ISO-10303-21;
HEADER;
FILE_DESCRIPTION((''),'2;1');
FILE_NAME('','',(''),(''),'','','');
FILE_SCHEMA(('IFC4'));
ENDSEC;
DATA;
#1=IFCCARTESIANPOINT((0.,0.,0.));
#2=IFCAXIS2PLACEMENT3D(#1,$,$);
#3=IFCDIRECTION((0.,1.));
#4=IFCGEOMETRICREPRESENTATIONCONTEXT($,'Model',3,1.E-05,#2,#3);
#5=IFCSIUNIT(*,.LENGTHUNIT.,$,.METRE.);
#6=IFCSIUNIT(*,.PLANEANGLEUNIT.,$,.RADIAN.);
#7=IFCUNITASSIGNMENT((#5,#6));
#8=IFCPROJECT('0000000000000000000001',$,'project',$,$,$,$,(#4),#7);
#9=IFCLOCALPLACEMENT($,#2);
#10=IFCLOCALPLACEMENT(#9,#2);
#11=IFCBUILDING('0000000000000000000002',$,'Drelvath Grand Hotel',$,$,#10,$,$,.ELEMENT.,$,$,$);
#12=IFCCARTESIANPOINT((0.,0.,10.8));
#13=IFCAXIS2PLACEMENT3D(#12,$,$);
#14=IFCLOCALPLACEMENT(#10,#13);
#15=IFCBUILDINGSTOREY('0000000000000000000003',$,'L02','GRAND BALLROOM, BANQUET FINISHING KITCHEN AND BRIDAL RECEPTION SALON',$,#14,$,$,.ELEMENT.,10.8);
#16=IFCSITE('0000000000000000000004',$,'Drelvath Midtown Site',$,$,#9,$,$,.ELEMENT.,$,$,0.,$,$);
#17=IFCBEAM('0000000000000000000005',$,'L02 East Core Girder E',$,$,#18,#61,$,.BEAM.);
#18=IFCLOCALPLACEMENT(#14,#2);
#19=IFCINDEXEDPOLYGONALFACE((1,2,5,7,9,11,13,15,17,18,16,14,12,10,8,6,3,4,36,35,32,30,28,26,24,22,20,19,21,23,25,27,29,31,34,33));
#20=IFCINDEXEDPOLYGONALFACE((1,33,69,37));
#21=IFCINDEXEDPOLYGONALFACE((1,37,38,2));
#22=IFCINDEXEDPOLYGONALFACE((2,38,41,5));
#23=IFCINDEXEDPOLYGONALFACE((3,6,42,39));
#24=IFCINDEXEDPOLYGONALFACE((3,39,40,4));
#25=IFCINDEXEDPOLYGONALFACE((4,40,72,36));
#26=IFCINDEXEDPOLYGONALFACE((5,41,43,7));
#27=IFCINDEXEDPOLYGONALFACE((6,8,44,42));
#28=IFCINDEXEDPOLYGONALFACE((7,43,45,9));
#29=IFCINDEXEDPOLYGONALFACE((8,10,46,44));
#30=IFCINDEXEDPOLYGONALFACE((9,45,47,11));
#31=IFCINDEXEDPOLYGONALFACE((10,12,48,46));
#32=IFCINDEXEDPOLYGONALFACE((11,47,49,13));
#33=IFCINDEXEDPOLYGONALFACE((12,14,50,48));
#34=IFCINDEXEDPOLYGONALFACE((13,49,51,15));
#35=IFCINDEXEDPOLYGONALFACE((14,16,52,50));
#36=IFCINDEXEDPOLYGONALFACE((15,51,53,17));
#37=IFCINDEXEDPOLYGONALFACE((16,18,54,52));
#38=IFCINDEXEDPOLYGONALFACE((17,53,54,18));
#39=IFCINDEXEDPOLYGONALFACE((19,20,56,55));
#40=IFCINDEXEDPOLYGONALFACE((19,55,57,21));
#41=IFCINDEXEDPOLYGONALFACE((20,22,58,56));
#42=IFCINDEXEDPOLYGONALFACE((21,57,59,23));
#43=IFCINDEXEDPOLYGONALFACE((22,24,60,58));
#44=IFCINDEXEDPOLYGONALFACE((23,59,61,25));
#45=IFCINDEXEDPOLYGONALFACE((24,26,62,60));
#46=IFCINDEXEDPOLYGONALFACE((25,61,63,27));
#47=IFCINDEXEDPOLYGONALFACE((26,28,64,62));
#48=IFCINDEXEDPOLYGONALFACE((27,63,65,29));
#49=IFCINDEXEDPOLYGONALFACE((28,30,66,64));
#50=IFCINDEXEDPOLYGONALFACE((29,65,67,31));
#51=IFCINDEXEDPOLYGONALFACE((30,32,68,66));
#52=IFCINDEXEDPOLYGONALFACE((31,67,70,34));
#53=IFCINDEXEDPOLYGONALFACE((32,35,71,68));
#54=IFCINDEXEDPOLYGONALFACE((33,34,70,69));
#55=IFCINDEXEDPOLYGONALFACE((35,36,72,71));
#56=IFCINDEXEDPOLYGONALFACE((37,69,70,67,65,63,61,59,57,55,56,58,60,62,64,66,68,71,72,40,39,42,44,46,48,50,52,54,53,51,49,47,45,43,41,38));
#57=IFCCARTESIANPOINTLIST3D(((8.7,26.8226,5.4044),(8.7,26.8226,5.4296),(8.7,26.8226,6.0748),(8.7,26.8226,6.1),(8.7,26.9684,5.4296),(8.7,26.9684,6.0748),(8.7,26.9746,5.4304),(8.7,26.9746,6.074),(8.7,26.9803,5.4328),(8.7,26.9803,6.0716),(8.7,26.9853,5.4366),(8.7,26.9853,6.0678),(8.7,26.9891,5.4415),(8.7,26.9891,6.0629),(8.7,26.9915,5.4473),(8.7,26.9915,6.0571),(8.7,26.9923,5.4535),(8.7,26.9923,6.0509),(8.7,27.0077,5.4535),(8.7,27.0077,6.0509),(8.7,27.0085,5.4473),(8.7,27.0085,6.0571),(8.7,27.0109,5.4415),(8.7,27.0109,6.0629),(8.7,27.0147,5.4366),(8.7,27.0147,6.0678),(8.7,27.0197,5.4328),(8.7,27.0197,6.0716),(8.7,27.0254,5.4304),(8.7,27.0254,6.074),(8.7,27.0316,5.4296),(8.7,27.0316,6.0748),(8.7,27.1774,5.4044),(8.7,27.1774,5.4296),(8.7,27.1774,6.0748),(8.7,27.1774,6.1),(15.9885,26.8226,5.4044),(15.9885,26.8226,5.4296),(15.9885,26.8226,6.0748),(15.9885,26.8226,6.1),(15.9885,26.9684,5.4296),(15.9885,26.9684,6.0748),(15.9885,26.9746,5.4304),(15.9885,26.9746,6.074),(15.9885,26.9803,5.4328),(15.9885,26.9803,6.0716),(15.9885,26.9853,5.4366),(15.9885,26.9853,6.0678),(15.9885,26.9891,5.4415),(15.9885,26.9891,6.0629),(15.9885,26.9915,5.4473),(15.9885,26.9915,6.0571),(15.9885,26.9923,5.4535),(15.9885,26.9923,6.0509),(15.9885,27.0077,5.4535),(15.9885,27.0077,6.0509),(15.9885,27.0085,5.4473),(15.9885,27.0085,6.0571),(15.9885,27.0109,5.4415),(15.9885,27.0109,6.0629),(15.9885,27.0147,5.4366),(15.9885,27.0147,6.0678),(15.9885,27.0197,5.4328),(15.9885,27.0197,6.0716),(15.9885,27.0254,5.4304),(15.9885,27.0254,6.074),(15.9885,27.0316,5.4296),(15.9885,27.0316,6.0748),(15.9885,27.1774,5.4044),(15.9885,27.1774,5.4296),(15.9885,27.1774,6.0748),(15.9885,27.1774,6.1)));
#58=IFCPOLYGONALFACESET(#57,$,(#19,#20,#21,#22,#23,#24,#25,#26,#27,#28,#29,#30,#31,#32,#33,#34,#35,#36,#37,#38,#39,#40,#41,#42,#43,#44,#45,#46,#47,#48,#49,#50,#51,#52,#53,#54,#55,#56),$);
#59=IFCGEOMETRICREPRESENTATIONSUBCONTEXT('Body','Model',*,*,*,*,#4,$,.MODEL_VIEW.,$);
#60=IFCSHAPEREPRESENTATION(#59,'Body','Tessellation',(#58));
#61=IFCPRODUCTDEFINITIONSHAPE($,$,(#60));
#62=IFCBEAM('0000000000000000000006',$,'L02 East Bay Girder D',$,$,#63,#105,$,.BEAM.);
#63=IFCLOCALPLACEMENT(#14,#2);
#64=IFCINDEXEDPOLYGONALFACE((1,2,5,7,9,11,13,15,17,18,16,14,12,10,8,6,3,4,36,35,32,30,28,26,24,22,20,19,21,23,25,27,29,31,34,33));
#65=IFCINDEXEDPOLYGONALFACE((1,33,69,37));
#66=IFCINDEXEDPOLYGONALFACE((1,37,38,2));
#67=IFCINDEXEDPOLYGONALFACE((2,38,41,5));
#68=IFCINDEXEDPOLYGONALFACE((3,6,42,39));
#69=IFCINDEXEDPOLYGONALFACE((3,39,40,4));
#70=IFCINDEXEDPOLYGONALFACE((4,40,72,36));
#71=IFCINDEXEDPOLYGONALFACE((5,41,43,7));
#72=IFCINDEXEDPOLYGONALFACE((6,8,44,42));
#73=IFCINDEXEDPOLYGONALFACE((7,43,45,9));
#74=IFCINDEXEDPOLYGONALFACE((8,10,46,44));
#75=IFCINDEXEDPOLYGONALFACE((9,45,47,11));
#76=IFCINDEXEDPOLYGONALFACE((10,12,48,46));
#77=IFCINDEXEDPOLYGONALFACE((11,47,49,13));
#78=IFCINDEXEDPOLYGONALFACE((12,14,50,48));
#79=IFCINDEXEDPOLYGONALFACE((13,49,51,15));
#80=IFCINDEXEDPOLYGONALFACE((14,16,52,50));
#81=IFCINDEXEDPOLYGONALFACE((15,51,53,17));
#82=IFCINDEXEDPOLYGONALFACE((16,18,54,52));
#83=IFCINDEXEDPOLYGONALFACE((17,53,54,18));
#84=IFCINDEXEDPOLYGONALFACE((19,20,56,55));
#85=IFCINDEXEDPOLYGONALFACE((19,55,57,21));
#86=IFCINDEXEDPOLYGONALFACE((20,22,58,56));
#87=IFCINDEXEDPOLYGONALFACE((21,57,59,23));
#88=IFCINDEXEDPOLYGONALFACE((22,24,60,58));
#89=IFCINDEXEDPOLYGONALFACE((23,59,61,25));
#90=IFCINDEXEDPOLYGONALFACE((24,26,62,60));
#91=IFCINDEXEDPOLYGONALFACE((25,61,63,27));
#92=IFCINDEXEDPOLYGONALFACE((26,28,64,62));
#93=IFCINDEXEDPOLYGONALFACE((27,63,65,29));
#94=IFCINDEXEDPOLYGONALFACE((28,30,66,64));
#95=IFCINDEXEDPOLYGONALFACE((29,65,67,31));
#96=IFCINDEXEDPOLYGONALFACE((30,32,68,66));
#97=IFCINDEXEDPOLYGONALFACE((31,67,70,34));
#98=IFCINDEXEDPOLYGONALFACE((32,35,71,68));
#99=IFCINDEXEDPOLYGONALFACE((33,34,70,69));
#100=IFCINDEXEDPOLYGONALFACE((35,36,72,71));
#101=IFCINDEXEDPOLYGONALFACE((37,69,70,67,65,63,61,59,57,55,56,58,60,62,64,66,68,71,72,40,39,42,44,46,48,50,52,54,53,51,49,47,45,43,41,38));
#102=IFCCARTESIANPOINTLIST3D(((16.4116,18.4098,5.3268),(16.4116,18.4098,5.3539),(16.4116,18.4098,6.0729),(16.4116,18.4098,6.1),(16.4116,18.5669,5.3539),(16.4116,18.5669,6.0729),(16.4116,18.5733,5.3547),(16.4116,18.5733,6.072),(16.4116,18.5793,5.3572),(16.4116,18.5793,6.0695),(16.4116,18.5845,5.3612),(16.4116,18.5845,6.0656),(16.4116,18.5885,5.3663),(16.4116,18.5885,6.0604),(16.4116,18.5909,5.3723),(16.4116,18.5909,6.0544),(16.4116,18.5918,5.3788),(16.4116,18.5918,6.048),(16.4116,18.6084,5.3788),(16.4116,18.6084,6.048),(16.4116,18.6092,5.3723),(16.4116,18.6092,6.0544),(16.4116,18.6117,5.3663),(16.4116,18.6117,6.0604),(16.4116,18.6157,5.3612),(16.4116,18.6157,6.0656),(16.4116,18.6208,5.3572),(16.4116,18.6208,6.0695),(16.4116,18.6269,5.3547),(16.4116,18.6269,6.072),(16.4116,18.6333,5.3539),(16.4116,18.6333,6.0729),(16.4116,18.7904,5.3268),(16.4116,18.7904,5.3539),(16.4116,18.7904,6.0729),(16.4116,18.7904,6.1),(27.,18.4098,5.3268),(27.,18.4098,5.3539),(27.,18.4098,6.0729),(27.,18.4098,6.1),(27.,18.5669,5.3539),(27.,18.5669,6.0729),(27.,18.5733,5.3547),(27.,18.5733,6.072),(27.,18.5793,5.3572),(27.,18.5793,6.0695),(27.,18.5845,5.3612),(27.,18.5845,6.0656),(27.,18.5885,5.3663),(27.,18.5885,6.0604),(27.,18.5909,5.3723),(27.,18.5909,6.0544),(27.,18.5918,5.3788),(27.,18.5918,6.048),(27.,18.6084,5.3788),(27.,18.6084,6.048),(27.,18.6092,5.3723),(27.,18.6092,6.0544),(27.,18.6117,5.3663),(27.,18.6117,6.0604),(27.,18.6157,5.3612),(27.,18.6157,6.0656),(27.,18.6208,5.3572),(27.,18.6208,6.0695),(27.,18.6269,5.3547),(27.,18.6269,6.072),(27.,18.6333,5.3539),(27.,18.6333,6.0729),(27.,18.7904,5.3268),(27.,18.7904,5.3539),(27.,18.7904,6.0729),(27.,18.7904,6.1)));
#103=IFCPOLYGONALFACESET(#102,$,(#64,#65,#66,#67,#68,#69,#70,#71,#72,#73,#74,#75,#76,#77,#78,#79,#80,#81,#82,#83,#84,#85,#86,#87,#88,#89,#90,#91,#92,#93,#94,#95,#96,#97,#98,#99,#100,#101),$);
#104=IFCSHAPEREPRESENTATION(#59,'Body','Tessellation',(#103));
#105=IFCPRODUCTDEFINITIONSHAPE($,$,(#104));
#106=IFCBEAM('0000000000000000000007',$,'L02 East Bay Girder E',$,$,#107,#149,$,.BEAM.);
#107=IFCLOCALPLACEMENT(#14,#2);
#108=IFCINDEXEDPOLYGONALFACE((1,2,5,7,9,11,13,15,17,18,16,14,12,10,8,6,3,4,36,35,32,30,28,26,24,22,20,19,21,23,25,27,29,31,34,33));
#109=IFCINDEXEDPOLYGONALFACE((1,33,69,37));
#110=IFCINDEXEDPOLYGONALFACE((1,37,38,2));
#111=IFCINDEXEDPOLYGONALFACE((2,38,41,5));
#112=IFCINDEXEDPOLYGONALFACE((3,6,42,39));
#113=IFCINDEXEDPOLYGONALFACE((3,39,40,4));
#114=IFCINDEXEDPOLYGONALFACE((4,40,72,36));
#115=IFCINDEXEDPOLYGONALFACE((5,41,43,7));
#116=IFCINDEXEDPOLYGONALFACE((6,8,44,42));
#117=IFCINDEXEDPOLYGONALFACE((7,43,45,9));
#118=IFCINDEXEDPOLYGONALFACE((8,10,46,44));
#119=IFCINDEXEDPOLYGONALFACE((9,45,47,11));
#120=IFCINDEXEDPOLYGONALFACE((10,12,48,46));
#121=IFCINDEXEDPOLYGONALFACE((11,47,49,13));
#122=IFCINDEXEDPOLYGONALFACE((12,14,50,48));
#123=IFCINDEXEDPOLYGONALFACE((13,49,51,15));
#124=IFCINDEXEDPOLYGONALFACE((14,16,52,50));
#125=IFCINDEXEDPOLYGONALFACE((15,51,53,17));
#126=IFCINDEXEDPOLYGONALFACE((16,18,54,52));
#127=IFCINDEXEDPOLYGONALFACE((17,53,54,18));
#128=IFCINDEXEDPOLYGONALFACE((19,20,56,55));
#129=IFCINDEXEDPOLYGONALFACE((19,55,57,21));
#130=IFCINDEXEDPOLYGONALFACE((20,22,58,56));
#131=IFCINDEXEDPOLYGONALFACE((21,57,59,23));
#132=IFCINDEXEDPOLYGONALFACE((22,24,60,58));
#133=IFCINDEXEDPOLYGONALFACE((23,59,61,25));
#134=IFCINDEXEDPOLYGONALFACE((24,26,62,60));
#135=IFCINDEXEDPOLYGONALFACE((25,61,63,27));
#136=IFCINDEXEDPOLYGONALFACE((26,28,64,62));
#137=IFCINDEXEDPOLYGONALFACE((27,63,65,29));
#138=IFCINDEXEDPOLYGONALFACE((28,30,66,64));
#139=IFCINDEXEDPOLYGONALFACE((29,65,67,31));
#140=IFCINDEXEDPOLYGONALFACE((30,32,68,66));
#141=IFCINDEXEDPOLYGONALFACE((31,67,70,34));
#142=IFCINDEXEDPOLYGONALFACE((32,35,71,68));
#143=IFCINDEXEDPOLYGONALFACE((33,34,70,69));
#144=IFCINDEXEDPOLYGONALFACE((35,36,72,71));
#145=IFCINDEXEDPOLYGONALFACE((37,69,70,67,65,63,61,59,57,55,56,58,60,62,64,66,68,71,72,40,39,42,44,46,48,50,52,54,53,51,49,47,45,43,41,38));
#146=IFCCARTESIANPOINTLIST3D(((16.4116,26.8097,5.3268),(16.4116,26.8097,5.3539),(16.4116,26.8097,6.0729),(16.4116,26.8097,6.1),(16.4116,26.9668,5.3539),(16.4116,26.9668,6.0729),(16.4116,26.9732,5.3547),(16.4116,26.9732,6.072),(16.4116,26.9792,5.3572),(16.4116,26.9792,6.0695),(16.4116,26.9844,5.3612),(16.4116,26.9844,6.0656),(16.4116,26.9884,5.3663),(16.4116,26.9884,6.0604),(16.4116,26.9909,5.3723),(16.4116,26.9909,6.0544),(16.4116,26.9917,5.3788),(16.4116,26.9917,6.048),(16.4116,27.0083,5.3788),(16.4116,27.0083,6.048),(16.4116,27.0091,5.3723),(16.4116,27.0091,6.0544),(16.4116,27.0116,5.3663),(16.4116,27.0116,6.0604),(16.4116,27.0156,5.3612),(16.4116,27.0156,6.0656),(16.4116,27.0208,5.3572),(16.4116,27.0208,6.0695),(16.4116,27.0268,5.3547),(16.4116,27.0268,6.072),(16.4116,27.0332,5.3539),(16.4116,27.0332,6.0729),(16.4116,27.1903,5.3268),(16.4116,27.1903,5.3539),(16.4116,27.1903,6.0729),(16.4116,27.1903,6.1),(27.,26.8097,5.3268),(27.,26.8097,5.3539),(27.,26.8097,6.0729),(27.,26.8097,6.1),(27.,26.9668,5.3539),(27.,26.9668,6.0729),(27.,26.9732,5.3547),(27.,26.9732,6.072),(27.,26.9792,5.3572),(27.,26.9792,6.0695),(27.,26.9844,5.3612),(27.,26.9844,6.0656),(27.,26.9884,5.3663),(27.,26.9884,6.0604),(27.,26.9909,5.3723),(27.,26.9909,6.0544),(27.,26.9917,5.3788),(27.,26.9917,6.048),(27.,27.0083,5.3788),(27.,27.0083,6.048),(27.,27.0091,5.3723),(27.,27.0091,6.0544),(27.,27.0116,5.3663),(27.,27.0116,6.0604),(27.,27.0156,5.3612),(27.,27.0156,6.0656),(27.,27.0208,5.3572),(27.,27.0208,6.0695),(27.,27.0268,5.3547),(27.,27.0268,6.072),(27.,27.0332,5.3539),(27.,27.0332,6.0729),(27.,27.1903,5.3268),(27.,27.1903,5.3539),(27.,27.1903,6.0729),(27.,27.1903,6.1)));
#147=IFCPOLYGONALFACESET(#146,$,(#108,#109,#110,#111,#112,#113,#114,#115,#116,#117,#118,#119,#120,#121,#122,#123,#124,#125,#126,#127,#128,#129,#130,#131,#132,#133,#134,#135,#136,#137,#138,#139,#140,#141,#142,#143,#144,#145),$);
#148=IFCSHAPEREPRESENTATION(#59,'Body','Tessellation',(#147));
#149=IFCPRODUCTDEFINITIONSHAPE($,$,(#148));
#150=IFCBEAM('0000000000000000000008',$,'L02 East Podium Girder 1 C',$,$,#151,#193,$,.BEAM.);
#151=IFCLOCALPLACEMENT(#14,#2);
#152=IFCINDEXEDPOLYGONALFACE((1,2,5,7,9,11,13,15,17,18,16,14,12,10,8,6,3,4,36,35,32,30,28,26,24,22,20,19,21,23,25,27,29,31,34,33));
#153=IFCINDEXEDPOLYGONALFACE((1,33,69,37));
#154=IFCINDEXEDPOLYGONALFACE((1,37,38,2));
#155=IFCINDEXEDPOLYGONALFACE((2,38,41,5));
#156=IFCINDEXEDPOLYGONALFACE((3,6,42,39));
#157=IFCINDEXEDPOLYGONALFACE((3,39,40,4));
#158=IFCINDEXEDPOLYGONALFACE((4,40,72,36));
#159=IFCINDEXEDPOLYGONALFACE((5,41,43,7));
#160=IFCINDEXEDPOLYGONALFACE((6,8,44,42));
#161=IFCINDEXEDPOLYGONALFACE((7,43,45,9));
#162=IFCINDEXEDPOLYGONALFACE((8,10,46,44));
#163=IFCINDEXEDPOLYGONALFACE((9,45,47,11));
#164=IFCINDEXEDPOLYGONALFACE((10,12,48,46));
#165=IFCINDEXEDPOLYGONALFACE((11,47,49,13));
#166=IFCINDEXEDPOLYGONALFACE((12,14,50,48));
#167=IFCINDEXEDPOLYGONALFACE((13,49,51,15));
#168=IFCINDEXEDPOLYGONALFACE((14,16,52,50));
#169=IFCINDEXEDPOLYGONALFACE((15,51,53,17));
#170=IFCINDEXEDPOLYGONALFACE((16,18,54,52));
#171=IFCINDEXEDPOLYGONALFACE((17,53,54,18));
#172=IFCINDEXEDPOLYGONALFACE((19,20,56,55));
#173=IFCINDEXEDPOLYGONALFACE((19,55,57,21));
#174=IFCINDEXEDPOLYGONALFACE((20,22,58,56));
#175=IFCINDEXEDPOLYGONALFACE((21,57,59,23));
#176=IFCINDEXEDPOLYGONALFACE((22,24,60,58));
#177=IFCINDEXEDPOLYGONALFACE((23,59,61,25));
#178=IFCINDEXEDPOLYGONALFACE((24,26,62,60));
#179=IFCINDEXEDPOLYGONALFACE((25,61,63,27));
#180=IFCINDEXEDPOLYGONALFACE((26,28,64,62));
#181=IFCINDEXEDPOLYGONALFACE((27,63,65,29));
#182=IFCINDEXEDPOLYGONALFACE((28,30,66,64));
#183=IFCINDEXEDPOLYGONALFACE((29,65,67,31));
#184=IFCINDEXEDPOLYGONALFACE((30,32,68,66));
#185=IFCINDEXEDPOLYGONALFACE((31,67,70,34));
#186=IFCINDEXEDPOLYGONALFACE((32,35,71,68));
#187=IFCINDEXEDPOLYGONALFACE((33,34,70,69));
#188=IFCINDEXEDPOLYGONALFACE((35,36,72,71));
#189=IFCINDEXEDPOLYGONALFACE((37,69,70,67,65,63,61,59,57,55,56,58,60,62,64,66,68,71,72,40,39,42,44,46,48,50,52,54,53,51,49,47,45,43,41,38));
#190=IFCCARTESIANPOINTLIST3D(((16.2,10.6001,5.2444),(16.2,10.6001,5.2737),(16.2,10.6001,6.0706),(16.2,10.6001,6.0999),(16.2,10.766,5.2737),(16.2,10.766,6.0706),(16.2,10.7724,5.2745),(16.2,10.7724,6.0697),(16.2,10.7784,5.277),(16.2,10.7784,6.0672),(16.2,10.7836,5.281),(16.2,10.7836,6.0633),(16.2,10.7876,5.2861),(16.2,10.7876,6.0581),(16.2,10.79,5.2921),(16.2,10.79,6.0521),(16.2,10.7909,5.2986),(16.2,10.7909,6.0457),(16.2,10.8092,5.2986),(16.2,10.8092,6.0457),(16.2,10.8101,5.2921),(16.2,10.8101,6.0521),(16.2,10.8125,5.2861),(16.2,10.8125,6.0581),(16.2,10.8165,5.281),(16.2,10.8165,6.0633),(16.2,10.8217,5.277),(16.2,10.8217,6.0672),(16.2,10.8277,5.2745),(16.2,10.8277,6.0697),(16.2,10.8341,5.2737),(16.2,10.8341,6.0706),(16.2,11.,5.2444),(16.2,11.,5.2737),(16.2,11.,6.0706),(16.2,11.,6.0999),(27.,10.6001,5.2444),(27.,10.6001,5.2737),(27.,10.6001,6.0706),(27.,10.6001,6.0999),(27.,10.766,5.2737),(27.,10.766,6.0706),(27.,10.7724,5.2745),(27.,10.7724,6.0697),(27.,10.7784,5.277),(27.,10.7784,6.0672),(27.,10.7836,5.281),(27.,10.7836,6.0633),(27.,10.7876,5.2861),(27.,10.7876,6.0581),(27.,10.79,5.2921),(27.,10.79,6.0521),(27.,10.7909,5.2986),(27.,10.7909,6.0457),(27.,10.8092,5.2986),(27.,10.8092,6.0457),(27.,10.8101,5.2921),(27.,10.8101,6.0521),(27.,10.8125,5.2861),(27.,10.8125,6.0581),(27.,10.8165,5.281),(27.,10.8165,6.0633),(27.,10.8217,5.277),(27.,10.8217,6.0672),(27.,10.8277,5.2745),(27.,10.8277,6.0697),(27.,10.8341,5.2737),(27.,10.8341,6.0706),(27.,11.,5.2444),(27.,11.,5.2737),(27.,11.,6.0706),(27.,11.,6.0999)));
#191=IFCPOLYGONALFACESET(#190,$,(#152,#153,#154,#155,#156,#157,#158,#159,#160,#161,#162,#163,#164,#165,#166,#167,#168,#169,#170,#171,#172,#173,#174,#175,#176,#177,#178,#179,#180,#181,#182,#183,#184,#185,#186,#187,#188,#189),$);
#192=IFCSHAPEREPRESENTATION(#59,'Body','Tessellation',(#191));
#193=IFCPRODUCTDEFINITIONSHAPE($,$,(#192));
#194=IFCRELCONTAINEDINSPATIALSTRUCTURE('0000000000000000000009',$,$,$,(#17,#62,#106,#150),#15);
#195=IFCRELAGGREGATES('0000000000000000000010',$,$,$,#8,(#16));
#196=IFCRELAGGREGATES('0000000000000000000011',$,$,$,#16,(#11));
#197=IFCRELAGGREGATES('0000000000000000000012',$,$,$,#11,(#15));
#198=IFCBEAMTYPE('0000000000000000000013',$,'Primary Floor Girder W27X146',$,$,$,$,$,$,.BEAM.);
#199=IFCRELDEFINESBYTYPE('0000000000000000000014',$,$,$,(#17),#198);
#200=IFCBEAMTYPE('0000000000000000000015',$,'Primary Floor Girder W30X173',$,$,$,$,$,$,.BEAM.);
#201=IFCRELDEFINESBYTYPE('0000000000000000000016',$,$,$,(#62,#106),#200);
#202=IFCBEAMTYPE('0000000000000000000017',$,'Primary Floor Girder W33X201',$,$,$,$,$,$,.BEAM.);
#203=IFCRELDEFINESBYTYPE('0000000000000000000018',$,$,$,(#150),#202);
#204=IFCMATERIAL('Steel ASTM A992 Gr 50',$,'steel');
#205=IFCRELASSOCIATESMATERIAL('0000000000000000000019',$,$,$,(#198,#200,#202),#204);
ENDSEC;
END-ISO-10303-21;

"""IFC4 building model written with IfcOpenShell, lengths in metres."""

from ifc_helpers import new_model, si_unit, direction, frame, origin, origin_2d, place, context, subcontext, project, spatial, i_section, extrude, material, material_profile, profile_set, type_object, element, save


model = new_model("IFC4")

# Units and contexts
model_context = context("Model", 3, precision=1e-05, world=origin(), true_north=direction((0.0, 1.0)))
body_context = subcontext(model_context, "Body", "Model", "MODEL_VIEW")
ifc_project = project(units=[si_unit("LENGTHUNIT", "METRE"), si_unit("PLANEANGLEUNIT", "RADIAN")], contexts=[model_context])

# Site, building, storey
site_placement = place(None, origin())
site = spatial("IfcSite", under=ifc_project, at=site_placement, Name="Drelvath Midtown Site", CompositionType="ELEMENT", RefElevation=0.0)
building_placement = place(site_placement, origin())
building = spatial("IfcBuilding", under=site, at=building_placement, Name="Drelvath Grand Hotel", CompositionType="ELEMENT")
storey_placement = place(building_placement, frame((0.0, 0.0, 10.8)))
storey = spatial("IfcBuildingStorey", under=building, at=storey_placement, Name="L02", Description="GRAND BALLROOM, BANQUET FINISHING KITCHEN AND BRIDAL RECEPTION SALON", CompositionType="ELEMENT", Elevation=10.8)

# Beams
ifc_material_1 = material(Name="Steel ASTM A992 Gr 50", Category="steel")
ifc_material_profile_1 = material_profile(ifc_material_1, i_section(OverallWidth=0.3547, OverallDepth=0.6956, WebThickness=0.0154, FlangeThickness=0.0251, FilletRadius=0.0239, at=origin_2d()), Name="W27X146")
ifc_profile_set_1 = profile_set([ifc_material_profile_1], Name="Steel ASTM A992 Gr 50")
beam_type_1 = type_object("IfcBeamType", Name="Primary Floor Girder W27X146", PredefinedType="BEAM", material=ifc_profile_set_1)
for number, where, z_axis, x_axis, name in (
    (1, (8.7, 27.0, 5.7522), (1.0, 0.0, 0.0), (0.0, 1.0, 0.0), "L02 East Core Girder E"),
):
    element("IfcBeam", number, at=place(storey_placement, frame(where, z_axis=z_axis, x_axis=x_axis)), inside=storey, type_object=beam_type_1, Name=name, PredefinedType="BEAM", context=body_context, shape_type="SweptSolid", body=[
        extrude(i_section(OverallWidth=0.3547, OverallDepth=0.6956, WebThickness=0.0154, FlangeThickness=0.0251, FilletRadius=0.0239, at=origin_2d()), origin(), (0.0, 0.0, 1.0), 7.2886),
    ])
ifc_material_profile_2 = material_profile(ifc_material_1, i_section(OverallWidth=0.3806, OverallDepth=0.7732, WebThickness=0.0166, FlangeThickness=0.0271, FilletRadius=0.0249, at=origin_2d()), Name="W30X173")
ifc_profile_set_2 = profile_set([ifc_material_profile_2], Name="Steel ASTM A992 Gr 50")
beam_type_2 = type_object("IfcBeamType", Name="Primary Floor Girder W30X173", PredefinedType="BEAM", material=ifc_profile_set_2)
for number, where, z_axis, x_axis, name in (
    (2, (16.4116, 18.6001, 5.7134), (1.0, 0.0, 0.0), (0.0, 1.0, 0.0), "L02 East Bay Girder D"),
    (3, (16.4116, 27.0, 5.7134), (1.0, 0.0, 0.0), (0.0, 1.0, 0.0), "L02 East Bay Girder E"),
):
    element("IfcBeam", number, at=place(storey_placement, frame(where, z_axis=z_axis, x_axis=x_axis)), inside=storey, type_object=beam_type_2, Name=name, PredefinedType="BEAM", context=body_context, shape_type="SweptSolid", body=[
        extrude(i_section(OverallWidth=0.3806, OverallDepth=0.7732, WebThickness=0.0166, FlangeThickness=0.0271, FilletRadius=0.0249, at=origin_2d()), origin(), (0.0, 0.0, 1.0), 10.5884),
    ])
ifc_material_profile_3 = material_profile(ifc_material_1, i_section(OverallWidth=0.3999, OverallDepth=0.8555, WebThickness=0.0183, FlangeThickness=0.0293, FilletRadius=0.0249, at=origin_2d()), Name="W33X201")
ifc_profile_set_3 = profile_set([ifc_material_profile_3], Name="Steel ASTM A992 Gr 50")
beam_type_3 = type_object("IfcBeamType", Name="Primary Floor Girder W33X201", PredefinedType="BEAM", material=ifc_profile_set_3)
beam_1_placement = place(storey_placement, frame((16.2, 10.8, 5.6721), z_axis=(1.0, 0.0, 0.0), x_axis=(0.0, 1.0, 0.0)))
element("IfcBeam", 4, at=beam_1_placement, inside=storey, type_object=beam_type_3, Name="L02 East Podium Girder 1 C", PredefinedType="BEAM", context=body_context, shape_type="SweptSolid", body=[
    extrude(i_section(OverallWidth=0.3999, OverallDepth=0.8555, WebThickness=0.0183, FlangeThickness=0.0293, FilletRadius=0.0249, at=origin_2d()), origin(), (0.0, 0.0, 1.0), 10.8),
])

save(model, "model.ifc")
